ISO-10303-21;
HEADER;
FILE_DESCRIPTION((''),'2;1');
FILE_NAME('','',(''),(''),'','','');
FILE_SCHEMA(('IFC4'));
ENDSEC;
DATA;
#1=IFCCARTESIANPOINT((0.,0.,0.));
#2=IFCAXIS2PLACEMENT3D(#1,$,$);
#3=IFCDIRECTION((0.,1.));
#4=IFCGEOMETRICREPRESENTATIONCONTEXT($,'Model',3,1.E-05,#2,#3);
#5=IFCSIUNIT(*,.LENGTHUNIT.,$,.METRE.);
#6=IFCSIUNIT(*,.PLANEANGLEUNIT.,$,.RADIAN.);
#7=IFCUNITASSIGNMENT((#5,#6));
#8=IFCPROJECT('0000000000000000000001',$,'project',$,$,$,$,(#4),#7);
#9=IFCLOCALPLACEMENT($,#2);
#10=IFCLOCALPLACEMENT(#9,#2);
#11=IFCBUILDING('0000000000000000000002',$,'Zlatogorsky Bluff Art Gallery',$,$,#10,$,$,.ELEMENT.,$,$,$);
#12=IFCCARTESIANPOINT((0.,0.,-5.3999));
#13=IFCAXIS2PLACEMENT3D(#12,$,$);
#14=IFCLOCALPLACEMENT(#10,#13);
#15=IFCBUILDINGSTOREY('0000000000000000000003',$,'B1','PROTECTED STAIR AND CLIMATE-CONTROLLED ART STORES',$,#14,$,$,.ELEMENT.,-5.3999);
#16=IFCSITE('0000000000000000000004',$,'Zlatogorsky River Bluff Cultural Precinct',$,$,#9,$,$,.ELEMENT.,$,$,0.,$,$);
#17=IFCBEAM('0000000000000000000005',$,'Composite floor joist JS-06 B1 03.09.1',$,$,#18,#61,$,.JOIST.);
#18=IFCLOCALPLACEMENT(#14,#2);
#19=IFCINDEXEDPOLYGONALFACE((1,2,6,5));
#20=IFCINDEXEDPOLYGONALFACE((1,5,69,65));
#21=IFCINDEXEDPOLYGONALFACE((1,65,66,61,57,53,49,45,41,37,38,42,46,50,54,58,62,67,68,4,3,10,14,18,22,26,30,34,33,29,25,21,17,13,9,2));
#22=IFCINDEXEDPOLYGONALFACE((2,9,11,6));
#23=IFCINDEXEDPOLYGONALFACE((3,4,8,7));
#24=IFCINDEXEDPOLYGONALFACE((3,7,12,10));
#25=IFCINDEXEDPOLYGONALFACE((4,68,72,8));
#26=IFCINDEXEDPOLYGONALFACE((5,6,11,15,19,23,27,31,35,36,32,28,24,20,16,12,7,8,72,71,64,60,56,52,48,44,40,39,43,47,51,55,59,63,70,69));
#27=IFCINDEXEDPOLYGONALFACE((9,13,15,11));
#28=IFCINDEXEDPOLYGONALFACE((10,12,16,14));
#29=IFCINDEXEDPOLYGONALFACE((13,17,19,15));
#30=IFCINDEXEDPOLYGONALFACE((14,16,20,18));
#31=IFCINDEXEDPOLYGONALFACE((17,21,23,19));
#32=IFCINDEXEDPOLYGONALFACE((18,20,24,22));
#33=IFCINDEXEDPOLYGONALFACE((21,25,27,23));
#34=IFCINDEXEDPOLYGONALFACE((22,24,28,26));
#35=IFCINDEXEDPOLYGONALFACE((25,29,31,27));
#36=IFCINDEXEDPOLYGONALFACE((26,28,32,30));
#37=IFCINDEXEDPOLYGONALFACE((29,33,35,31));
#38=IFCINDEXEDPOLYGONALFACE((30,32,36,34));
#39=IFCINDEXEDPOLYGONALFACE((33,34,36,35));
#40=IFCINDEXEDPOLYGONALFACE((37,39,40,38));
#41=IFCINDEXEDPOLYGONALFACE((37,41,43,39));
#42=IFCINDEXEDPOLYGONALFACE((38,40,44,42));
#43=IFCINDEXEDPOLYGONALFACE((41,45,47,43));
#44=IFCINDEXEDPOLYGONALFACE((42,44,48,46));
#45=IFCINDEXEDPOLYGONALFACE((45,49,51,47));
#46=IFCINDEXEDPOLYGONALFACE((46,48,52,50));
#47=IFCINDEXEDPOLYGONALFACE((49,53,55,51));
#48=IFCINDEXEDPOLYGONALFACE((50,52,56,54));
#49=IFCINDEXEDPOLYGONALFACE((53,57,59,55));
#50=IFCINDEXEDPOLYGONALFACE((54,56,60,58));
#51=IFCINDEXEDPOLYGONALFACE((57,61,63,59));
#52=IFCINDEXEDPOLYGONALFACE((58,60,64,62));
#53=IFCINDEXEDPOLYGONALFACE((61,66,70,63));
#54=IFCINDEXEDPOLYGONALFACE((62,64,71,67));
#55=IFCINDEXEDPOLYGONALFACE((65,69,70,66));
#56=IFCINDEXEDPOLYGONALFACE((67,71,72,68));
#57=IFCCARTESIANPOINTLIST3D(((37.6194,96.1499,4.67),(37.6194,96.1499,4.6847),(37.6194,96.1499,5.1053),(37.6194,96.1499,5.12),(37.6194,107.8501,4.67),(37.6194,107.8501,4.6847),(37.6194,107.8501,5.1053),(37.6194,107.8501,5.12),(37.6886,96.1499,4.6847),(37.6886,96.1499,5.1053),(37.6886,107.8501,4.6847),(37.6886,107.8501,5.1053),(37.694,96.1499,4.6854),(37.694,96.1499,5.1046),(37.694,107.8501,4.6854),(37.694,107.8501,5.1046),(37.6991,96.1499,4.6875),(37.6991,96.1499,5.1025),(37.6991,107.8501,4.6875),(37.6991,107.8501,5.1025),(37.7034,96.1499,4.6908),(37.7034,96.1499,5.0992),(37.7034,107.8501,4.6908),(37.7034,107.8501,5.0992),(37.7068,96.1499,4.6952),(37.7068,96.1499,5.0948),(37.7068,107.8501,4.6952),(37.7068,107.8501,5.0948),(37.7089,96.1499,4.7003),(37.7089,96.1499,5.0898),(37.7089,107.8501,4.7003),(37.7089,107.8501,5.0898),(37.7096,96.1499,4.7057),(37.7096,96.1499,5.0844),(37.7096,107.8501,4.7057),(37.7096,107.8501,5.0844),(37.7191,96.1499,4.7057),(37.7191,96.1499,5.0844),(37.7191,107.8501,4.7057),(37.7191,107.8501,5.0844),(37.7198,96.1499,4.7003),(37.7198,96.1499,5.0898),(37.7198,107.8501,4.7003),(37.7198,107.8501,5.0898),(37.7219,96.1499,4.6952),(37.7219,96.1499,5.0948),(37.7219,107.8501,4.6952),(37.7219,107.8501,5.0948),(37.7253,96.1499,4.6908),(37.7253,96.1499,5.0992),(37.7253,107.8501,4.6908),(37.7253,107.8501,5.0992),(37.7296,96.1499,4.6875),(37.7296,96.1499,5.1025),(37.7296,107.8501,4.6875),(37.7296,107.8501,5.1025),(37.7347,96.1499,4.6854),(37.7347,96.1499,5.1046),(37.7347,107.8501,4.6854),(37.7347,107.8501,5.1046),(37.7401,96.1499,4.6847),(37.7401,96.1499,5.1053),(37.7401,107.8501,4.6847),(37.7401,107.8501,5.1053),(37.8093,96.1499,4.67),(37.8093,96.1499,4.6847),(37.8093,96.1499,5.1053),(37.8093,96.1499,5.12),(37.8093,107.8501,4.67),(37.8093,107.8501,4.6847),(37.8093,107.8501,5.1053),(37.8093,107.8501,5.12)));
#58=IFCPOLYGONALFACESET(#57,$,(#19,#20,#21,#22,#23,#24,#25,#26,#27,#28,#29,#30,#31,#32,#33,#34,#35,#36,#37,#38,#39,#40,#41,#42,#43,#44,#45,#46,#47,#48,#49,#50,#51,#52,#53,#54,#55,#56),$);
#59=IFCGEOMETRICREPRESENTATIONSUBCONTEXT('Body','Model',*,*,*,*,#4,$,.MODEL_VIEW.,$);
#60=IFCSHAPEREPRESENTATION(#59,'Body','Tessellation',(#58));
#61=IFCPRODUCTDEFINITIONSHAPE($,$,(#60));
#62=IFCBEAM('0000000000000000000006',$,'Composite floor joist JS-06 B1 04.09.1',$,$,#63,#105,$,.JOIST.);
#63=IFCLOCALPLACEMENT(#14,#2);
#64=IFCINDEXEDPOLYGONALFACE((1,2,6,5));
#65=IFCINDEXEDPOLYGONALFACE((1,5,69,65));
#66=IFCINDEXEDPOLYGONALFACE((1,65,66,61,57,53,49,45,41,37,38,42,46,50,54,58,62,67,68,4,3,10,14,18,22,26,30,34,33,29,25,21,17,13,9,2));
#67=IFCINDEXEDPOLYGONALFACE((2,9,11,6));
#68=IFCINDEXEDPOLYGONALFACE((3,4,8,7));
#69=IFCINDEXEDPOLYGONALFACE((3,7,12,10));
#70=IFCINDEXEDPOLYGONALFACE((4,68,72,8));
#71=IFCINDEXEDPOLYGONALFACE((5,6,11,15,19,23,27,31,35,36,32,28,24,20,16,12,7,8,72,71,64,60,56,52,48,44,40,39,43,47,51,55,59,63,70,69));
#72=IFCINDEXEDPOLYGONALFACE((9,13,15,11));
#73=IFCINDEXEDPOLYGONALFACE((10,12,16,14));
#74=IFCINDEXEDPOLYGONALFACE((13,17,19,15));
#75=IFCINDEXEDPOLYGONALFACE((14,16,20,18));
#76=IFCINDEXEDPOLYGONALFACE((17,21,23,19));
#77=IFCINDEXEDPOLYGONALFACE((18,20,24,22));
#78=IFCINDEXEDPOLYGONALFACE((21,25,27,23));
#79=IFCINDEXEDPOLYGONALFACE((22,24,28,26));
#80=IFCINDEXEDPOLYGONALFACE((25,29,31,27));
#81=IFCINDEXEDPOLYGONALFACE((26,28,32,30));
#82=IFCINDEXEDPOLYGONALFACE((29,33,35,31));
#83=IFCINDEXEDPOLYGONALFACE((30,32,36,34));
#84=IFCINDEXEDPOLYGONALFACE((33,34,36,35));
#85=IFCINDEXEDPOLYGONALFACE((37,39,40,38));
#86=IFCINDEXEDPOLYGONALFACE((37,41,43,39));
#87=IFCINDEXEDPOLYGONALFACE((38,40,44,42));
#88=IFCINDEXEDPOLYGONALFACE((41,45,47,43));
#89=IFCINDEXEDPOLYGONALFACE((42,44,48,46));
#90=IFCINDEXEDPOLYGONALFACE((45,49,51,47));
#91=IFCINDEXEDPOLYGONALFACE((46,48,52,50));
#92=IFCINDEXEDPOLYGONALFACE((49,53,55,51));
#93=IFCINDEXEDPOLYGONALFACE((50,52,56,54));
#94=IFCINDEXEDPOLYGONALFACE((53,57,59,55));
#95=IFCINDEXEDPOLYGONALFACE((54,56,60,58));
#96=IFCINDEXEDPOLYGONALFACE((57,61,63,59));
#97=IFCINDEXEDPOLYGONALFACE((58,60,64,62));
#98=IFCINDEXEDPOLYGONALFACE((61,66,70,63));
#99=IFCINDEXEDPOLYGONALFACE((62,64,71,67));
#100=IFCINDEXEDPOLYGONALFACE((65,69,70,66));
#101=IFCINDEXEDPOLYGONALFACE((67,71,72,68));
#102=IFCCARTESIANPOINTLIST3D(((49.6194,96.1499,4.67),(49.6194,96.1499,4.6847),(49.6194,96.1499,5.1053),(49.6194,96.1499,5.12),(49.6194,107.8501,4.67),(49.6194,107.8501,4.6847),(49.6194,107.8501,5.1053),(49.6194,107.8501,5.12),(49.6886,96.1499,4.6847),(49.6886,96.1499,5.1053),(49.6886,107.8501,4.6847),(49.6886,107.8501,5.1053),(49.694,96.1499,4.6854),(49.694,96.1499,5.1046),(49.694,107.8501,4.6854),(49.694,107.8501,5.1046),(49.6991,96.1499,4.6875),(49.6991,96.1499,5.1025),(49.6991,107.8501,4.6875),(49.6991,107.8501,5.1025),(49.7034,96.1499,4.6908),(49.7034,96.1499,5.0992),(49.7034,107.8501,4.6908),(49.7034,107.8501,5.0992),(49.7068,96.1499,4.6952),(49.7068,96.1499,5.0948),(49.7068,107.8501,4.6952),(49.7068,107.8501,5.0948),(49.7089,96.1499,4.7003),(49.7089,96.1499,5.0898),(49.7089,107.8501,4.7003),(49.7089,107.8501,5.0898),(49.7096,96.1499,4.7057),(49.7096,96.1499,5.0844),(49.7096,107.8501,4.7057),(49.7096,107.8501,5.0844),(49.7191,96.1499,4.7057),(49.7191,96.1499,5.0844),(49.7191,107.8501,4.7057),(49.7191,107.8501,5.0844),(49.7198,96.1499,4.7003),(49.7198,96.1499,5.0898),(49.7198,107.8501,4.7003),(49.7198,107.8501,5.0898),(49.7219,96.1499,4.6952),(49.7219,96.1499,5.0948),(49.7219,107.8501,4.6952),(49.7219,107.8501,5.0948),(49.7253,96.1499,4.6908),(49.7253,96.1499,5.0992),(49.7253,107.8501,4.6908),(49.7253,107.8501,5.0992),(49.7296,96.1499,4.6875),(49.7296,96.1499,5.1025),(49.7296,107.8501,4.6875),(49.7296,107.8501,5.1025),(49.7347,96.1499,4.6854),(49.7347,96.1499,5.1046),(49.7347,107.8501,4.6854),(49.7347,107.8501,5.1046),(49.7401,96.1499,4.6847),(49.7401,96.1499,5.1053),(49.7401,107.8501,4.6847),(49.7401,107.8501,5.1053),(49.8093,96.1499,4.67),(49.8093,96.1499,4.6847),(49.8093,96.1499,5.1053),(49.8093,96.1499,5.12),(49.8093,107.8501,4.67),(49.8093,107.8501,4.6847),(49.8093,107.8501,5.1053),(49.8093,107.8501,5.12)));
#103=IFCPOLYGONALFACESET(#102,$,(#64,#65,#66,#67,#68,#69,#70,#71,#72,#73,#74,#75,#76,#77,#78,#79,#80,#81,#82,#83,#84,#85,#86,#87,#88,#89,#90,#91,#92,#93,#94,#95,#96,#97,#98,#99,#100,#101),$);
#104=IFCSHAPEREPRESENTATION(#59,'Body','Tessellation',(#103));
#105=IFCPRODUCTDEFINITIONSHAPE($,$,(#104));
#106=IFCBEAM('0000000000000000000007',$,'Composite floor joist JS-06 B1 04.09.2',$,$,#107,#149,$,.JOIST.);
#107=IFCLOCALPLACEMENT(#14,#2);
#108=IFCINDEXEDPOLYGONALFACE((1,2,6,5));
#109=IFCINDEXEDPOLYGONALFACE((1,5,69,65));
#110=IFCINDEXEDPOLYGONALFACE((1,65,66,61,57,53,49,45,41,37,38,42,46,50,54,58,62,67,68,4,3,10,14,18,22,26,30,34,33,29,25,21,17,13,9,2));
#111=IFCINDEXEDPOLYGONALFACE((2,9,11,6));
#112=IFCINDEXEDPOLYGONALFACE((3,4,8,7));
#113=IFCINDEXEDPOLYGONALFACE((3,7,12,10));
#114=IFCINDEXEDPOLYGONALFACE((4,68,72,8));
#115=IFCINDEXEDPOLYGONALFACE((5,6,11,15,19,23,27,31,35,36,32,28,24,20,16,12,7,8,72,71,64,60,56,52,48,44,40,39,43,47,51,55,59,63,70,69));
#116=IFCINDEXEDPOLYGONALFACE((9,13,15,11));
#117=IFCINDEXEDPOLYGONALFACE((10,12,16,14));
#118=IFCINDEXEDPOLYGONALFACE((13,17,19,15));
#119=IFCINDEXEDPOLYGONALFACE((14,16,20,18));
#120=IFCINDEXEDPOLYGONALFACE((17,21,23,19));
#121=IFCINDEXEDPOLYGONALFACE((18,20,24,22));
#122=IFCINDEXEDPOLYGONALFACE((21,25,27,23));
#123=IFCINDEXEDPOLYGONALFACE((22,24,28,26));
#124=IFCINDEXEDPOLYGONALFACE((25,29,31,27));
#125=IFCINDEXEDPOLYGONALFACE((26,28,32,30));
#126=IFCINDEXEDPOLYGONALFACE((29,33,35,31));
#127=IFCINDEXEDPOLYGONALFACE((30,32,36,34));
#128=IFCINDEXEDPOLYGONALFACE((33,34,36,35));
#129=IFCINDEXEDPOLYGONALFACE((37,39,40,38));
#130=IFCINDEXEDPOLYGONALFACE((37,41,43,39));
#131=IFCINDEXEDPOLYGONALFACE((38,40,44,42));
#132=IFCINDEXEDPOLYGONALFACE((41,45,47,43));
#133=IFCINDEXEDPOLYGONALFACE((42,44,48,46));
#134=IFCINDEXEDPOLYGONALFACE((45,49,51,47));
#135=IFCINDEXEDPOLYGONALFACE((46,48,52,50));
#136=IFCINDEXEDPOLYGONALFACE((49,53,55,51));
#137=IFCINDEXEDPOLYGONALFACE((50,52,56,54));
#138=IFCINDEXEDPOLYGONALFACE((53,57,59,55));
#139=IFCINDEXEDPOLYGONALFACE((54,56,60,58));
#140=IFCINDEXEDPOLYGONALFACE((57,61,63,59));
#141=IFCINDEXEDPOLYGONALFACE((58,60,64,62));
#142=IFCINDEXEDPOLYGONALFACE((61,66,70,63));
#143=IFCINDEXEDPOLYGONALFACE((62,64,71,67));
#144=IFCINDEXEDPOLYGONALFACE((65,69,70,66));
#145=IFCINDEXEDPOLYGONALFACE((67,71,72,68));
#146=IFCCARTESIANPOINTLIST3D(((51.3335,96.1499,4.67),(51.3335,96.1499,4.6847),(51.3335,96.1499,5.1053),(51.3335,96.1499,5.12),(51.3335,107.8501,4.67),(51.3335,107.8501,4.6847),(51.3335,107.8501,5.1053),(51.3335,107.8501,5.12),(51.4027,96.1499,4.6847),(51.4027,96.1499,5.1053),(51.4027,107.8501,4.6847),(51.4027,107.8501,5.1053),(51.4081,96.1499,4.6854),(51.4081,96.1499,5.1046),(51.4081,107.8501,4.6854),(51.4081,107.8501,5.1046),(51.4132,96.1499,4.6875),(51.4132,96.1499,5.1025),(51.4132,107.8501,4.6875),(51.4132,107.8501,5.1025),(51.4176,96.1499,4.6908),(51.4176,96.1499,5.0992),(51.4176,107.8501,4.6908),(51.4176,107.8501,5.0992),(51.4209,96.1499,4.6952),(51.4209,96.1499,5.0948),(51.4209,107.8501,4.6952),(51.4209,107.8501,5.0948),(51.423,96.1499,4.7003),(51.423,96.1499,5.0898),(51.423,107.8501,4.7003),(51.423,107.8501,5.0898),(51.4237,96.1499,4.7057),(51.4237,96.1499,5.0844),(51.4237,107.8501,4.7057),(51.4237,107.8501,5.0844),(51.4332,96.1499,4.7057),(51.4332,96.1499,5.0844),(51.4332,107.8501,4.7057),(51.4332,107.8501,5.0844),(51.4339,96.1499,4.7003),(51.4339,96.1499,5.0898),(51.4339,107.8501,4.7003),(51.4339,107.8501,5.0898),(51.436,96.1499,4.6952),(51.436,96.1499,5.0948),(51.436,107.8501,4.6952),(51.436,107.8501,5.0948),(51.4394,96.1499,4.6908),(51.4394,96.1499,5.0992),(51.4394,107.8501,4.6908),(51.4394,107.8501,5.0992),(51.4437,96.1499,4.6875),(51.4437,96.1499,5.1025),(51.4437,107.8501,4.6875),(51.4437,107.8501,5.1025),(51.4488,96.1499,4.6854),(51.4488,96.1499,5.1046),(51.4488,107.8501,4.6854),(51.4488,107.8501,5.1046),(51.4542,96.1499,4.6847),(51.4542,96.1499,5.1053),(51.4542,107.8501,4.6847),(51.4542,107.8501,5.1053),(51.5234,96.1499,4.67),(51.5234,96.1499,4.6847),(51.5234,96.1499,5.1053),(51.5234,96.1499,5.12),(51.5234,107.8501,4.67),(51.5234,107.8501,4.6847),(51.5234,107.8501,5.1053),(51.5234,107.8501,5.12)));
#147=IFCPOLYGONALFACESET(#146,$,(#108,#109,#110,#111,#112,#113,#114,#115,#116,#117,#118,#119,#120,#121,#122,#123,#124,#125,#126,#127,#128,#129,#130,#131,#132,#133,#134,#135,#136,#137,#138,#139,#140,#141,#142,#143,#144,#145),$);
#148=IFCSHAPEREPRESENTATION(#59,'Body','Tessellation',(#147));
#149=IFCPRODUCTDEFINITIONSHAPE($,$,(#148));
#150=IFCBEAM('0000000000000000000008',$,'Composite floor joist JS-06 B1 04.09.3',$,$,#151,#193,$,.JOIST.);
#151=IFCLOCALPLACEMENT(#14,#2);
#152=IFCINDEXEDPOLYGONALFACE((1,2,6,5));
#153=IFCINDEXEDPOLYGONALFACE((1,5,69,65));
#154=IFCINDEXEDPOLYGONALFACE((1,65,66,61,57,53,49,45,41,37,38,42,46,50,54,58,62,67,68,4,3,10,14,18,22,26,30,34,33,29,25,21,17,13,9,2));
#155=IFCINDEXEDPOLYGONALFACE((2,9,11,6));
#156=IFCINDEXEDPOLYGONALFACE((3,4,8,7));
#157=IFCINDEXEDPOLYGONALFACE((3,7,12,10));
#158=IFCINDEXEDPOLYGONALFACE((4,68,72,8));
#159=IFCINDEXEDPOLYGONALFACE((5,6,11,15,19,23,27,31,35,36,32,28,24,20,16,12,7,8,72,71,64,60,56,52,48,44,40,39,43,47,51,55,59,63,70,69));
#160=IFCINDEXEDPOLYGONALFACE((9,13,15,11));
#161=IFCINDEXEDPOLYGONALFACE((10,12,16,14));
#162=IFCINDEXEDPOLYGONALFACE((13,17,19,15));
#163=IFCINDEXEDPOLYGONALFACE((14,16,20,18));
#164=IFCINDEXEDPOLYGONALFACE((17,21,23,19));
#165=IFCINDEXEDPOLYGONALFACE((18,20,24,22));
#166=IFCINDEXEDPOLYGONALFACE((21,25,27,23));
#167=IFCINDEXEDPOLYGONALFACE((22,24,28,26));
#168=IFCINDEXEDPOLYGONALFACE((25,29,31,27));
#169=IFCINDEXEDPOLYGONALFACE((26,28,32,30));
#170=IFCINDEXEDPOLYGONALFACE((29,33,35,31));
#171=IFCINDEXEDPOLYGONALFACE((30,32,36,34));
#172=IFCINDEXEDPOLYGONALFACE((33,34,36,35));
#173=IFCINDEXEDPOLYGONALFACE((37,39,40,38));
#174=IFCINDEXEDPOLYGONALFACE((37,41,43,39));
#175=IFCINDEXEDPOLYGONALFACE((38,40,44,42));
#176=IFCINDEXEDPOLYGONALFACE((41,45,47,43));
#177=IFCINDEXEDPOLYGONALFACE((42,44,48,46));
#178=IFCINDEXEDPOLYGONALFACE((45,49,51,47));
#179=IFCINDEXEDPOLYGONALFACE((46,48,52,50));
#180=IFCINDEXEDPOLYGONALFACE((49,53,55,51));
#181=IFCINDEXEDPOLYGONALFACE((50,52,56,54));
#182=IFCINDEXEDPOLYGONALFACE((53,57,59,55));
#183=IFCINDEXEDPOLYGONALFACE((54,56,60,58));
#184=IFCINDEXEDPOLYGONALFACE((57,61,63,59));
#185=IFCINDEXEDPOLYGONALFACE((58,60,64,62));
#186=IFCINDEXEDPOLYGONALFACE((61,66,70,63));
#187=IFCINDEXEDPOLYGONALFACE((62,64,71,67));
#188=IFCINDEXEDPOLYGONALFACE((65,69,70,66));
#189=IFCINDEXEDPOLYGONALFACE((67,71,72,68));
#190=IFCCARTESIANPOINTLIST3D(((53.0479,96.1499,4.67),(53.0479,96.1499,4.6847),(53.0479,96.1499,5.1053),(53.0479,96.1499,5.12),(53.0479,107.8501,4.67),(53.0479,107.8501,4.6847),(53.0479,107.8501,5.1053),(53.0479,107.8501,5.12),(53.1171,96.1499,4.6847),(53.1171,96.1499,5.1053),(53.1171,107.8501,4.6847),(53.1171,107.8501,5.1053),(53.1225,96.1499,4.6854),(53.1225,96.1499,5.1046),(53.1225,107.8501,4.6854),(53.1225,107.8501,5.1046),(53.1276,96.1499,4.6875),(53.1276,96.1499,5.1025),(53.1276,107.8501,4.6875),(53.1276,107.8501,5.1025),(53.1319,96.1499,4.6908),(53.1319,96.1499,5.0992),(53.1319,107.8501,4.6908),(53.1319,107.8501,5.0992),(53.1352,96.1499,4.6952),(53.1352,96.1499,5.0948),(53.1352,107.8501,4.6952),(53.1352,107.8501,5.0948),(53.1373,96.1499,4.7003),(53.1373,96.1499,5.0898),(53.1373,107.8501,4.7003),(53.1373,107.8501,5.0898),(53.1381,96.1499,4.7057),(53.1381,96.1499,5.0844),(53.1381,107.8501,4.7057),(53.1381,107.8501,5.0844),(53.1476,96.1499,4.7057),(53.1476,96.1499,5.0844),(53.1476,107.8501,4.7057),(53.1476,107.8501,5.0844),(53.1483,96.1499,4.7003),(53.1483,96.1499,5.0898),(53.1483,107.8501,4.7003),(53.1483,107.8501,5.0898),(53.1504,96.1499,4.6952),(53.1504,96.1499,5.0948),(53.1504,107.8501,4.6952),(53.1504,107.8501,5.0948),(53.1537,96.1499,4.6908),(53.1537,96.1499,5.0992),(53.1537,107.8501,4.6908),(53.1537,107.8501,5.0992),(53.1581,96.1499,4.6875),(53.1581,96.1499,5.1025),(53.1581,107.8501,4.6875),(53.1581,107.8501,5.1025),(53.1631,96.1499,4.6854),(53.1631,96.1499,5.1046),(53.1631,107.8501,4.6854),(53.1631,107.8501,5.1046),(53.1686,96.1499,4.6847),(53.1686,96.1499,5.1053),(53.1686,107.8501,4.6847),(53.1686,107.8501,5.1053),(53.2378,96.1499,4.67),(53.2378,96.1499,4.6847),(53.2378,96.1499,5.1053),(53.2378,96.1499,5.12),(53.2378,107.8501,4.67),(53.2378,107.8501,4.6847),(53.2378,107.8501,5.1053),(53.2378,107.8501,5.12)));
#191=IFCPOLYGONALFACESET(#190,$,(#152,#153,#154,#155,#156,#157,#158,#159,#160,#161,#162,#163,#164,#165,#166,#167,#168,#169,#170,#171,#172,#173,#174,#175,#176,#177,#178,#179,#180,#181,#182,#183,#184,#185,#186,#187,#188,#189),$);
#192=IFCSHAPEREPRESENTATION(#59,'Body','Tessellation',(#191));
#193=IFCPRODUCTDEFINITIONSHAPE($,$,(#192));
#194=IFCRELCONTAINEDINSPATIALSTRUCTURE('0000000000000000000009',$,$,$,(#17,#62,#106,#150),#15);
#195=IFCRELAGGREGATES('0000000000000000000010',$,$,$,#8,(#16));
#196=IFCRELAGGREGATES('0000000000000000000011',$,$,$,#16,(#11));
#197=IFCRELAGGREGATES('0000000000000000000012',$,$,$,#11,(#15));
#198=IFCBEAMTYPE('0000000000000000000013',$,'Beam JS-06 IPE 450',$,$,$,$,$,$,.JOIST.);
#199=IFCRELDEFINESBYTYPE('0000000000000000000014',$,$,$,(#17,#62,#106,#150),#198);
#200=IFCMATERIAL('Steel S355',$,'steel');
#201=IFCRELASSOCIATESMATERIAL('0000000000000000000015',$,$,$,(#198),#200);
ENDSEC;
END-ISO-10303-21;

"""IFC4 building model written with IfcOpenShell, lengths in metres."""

from ifc_helpers import new_model, si_unit, direction, frame, origin, origin_2d, place, context, subcontext, project, spatial, i_section, extrude, material, material_profile, profile_set, type_object, element, save


model = new_model("IFC4")

# Units and contexts
model_context = context("Model", 3, precision=1e-05, world=origin(), true_north=direction((0.0, 1.0)))
body_context = subcontext(model_context, "Body", "Model", "MODEL_VIEW")
ifc_project = project(units=[si_unit("LENGTHUNIT", "METRE"), si_unit("PLANEANGLEUNIT", "RADIAN")], contexts=[model_context])

# Site, building, storey
site_placement = place(None, origin())
site = spatial("IfcSite", under=ifc_project, at=site_placement, Name="Zlatogorsky River Bluff Cultural Precinct", CompositionType="ELEMENT", RefElevation=0.0)
building_placement = place(site_placement, origin())
building = spatial("IfcBuilding", under=site, at=building_placement, Name="Zlatogorsky Bluff Art Gallery", CompositionType="ELEMENT")
storey_placement = place(building_placement, frame((0.0, 0.0, -5.3999)))
storey = spatial("IfcBuildingStorey", under=building, at=storey_placement, Name="B1", Description="PROTECTED STAIR AND CLIMATE-CONTROLLED ART STORES", CompositionType="ELEMENT", Elevation=-5.3999)

# Shared definitions
ifc_material_1 = material(Name="Steel S355", Category="steel")

# Beams
ifc_material_profile_1 = material_profile(ifc_material_1, i_section(OverallWidth=0.1899, OverallDepth=0.45, WebThickness=0.0095, FlangeThickness=0.0146, FilletRadius=0.021, at=origin_2d()), Name="IPE 450")
ifc_profile_set_1 = profile_set([ifc_material_profile_1], Name="Steel S355")
beam_type_1 = type_object("IfcBeamType", Name="Beam JS-06 IPE 450", PredefinedType="JOIST", material=ifc_profile_set_1)
for number, where, z_axis, x_axis, name in (
    (1, (37.7144, 96.1499, 4.895), (0.0, 1.0, 0.0), (-1.0, 0.0, 0.0), "Composite floor joist JS-06 B1 03.09.1"),
    (2, (49.7144, 96.1499, 4.895), (0.0, 1.0, 0.0), (-1.0, 0.0, 0.0), "Composite floor joist JS-06 B1 04.09.1"),
    (3, (51.4285, 96.1499, 4.895), (0.0, 1.0, 0.0), (-1.0, 0.0, 0.0), "Composite floor joist JS-06 B1 04.09.2"),
    (4, (53.1428, 96.1499, 4.895), (0.0, 1.0, 0.0), (-1.0, 0.0, 0.0), "Composite floor joist JS-06 B1 04.09.3"),
):
    element("IfcBeam", number, at=place(storey_placement, frame(where, z_axis=z_axis, x_axis=x_axis)), inside=storey, type_object=beam_type_1, Name=name, PredefinedType="JOIST", context=body_context, shape_type="SweptSolid", body=[
        extrude(i_section(OverallWidth=0.1899, OverallDepth=0.45, WebThickness=0.0095, FlangeThickness=0.0146, FilletRadius=0.021, at=origin_2d()), origin(), (0.0, 0.0, 1.0), 11.7002),
    ])

save(model, "model.ifc")
